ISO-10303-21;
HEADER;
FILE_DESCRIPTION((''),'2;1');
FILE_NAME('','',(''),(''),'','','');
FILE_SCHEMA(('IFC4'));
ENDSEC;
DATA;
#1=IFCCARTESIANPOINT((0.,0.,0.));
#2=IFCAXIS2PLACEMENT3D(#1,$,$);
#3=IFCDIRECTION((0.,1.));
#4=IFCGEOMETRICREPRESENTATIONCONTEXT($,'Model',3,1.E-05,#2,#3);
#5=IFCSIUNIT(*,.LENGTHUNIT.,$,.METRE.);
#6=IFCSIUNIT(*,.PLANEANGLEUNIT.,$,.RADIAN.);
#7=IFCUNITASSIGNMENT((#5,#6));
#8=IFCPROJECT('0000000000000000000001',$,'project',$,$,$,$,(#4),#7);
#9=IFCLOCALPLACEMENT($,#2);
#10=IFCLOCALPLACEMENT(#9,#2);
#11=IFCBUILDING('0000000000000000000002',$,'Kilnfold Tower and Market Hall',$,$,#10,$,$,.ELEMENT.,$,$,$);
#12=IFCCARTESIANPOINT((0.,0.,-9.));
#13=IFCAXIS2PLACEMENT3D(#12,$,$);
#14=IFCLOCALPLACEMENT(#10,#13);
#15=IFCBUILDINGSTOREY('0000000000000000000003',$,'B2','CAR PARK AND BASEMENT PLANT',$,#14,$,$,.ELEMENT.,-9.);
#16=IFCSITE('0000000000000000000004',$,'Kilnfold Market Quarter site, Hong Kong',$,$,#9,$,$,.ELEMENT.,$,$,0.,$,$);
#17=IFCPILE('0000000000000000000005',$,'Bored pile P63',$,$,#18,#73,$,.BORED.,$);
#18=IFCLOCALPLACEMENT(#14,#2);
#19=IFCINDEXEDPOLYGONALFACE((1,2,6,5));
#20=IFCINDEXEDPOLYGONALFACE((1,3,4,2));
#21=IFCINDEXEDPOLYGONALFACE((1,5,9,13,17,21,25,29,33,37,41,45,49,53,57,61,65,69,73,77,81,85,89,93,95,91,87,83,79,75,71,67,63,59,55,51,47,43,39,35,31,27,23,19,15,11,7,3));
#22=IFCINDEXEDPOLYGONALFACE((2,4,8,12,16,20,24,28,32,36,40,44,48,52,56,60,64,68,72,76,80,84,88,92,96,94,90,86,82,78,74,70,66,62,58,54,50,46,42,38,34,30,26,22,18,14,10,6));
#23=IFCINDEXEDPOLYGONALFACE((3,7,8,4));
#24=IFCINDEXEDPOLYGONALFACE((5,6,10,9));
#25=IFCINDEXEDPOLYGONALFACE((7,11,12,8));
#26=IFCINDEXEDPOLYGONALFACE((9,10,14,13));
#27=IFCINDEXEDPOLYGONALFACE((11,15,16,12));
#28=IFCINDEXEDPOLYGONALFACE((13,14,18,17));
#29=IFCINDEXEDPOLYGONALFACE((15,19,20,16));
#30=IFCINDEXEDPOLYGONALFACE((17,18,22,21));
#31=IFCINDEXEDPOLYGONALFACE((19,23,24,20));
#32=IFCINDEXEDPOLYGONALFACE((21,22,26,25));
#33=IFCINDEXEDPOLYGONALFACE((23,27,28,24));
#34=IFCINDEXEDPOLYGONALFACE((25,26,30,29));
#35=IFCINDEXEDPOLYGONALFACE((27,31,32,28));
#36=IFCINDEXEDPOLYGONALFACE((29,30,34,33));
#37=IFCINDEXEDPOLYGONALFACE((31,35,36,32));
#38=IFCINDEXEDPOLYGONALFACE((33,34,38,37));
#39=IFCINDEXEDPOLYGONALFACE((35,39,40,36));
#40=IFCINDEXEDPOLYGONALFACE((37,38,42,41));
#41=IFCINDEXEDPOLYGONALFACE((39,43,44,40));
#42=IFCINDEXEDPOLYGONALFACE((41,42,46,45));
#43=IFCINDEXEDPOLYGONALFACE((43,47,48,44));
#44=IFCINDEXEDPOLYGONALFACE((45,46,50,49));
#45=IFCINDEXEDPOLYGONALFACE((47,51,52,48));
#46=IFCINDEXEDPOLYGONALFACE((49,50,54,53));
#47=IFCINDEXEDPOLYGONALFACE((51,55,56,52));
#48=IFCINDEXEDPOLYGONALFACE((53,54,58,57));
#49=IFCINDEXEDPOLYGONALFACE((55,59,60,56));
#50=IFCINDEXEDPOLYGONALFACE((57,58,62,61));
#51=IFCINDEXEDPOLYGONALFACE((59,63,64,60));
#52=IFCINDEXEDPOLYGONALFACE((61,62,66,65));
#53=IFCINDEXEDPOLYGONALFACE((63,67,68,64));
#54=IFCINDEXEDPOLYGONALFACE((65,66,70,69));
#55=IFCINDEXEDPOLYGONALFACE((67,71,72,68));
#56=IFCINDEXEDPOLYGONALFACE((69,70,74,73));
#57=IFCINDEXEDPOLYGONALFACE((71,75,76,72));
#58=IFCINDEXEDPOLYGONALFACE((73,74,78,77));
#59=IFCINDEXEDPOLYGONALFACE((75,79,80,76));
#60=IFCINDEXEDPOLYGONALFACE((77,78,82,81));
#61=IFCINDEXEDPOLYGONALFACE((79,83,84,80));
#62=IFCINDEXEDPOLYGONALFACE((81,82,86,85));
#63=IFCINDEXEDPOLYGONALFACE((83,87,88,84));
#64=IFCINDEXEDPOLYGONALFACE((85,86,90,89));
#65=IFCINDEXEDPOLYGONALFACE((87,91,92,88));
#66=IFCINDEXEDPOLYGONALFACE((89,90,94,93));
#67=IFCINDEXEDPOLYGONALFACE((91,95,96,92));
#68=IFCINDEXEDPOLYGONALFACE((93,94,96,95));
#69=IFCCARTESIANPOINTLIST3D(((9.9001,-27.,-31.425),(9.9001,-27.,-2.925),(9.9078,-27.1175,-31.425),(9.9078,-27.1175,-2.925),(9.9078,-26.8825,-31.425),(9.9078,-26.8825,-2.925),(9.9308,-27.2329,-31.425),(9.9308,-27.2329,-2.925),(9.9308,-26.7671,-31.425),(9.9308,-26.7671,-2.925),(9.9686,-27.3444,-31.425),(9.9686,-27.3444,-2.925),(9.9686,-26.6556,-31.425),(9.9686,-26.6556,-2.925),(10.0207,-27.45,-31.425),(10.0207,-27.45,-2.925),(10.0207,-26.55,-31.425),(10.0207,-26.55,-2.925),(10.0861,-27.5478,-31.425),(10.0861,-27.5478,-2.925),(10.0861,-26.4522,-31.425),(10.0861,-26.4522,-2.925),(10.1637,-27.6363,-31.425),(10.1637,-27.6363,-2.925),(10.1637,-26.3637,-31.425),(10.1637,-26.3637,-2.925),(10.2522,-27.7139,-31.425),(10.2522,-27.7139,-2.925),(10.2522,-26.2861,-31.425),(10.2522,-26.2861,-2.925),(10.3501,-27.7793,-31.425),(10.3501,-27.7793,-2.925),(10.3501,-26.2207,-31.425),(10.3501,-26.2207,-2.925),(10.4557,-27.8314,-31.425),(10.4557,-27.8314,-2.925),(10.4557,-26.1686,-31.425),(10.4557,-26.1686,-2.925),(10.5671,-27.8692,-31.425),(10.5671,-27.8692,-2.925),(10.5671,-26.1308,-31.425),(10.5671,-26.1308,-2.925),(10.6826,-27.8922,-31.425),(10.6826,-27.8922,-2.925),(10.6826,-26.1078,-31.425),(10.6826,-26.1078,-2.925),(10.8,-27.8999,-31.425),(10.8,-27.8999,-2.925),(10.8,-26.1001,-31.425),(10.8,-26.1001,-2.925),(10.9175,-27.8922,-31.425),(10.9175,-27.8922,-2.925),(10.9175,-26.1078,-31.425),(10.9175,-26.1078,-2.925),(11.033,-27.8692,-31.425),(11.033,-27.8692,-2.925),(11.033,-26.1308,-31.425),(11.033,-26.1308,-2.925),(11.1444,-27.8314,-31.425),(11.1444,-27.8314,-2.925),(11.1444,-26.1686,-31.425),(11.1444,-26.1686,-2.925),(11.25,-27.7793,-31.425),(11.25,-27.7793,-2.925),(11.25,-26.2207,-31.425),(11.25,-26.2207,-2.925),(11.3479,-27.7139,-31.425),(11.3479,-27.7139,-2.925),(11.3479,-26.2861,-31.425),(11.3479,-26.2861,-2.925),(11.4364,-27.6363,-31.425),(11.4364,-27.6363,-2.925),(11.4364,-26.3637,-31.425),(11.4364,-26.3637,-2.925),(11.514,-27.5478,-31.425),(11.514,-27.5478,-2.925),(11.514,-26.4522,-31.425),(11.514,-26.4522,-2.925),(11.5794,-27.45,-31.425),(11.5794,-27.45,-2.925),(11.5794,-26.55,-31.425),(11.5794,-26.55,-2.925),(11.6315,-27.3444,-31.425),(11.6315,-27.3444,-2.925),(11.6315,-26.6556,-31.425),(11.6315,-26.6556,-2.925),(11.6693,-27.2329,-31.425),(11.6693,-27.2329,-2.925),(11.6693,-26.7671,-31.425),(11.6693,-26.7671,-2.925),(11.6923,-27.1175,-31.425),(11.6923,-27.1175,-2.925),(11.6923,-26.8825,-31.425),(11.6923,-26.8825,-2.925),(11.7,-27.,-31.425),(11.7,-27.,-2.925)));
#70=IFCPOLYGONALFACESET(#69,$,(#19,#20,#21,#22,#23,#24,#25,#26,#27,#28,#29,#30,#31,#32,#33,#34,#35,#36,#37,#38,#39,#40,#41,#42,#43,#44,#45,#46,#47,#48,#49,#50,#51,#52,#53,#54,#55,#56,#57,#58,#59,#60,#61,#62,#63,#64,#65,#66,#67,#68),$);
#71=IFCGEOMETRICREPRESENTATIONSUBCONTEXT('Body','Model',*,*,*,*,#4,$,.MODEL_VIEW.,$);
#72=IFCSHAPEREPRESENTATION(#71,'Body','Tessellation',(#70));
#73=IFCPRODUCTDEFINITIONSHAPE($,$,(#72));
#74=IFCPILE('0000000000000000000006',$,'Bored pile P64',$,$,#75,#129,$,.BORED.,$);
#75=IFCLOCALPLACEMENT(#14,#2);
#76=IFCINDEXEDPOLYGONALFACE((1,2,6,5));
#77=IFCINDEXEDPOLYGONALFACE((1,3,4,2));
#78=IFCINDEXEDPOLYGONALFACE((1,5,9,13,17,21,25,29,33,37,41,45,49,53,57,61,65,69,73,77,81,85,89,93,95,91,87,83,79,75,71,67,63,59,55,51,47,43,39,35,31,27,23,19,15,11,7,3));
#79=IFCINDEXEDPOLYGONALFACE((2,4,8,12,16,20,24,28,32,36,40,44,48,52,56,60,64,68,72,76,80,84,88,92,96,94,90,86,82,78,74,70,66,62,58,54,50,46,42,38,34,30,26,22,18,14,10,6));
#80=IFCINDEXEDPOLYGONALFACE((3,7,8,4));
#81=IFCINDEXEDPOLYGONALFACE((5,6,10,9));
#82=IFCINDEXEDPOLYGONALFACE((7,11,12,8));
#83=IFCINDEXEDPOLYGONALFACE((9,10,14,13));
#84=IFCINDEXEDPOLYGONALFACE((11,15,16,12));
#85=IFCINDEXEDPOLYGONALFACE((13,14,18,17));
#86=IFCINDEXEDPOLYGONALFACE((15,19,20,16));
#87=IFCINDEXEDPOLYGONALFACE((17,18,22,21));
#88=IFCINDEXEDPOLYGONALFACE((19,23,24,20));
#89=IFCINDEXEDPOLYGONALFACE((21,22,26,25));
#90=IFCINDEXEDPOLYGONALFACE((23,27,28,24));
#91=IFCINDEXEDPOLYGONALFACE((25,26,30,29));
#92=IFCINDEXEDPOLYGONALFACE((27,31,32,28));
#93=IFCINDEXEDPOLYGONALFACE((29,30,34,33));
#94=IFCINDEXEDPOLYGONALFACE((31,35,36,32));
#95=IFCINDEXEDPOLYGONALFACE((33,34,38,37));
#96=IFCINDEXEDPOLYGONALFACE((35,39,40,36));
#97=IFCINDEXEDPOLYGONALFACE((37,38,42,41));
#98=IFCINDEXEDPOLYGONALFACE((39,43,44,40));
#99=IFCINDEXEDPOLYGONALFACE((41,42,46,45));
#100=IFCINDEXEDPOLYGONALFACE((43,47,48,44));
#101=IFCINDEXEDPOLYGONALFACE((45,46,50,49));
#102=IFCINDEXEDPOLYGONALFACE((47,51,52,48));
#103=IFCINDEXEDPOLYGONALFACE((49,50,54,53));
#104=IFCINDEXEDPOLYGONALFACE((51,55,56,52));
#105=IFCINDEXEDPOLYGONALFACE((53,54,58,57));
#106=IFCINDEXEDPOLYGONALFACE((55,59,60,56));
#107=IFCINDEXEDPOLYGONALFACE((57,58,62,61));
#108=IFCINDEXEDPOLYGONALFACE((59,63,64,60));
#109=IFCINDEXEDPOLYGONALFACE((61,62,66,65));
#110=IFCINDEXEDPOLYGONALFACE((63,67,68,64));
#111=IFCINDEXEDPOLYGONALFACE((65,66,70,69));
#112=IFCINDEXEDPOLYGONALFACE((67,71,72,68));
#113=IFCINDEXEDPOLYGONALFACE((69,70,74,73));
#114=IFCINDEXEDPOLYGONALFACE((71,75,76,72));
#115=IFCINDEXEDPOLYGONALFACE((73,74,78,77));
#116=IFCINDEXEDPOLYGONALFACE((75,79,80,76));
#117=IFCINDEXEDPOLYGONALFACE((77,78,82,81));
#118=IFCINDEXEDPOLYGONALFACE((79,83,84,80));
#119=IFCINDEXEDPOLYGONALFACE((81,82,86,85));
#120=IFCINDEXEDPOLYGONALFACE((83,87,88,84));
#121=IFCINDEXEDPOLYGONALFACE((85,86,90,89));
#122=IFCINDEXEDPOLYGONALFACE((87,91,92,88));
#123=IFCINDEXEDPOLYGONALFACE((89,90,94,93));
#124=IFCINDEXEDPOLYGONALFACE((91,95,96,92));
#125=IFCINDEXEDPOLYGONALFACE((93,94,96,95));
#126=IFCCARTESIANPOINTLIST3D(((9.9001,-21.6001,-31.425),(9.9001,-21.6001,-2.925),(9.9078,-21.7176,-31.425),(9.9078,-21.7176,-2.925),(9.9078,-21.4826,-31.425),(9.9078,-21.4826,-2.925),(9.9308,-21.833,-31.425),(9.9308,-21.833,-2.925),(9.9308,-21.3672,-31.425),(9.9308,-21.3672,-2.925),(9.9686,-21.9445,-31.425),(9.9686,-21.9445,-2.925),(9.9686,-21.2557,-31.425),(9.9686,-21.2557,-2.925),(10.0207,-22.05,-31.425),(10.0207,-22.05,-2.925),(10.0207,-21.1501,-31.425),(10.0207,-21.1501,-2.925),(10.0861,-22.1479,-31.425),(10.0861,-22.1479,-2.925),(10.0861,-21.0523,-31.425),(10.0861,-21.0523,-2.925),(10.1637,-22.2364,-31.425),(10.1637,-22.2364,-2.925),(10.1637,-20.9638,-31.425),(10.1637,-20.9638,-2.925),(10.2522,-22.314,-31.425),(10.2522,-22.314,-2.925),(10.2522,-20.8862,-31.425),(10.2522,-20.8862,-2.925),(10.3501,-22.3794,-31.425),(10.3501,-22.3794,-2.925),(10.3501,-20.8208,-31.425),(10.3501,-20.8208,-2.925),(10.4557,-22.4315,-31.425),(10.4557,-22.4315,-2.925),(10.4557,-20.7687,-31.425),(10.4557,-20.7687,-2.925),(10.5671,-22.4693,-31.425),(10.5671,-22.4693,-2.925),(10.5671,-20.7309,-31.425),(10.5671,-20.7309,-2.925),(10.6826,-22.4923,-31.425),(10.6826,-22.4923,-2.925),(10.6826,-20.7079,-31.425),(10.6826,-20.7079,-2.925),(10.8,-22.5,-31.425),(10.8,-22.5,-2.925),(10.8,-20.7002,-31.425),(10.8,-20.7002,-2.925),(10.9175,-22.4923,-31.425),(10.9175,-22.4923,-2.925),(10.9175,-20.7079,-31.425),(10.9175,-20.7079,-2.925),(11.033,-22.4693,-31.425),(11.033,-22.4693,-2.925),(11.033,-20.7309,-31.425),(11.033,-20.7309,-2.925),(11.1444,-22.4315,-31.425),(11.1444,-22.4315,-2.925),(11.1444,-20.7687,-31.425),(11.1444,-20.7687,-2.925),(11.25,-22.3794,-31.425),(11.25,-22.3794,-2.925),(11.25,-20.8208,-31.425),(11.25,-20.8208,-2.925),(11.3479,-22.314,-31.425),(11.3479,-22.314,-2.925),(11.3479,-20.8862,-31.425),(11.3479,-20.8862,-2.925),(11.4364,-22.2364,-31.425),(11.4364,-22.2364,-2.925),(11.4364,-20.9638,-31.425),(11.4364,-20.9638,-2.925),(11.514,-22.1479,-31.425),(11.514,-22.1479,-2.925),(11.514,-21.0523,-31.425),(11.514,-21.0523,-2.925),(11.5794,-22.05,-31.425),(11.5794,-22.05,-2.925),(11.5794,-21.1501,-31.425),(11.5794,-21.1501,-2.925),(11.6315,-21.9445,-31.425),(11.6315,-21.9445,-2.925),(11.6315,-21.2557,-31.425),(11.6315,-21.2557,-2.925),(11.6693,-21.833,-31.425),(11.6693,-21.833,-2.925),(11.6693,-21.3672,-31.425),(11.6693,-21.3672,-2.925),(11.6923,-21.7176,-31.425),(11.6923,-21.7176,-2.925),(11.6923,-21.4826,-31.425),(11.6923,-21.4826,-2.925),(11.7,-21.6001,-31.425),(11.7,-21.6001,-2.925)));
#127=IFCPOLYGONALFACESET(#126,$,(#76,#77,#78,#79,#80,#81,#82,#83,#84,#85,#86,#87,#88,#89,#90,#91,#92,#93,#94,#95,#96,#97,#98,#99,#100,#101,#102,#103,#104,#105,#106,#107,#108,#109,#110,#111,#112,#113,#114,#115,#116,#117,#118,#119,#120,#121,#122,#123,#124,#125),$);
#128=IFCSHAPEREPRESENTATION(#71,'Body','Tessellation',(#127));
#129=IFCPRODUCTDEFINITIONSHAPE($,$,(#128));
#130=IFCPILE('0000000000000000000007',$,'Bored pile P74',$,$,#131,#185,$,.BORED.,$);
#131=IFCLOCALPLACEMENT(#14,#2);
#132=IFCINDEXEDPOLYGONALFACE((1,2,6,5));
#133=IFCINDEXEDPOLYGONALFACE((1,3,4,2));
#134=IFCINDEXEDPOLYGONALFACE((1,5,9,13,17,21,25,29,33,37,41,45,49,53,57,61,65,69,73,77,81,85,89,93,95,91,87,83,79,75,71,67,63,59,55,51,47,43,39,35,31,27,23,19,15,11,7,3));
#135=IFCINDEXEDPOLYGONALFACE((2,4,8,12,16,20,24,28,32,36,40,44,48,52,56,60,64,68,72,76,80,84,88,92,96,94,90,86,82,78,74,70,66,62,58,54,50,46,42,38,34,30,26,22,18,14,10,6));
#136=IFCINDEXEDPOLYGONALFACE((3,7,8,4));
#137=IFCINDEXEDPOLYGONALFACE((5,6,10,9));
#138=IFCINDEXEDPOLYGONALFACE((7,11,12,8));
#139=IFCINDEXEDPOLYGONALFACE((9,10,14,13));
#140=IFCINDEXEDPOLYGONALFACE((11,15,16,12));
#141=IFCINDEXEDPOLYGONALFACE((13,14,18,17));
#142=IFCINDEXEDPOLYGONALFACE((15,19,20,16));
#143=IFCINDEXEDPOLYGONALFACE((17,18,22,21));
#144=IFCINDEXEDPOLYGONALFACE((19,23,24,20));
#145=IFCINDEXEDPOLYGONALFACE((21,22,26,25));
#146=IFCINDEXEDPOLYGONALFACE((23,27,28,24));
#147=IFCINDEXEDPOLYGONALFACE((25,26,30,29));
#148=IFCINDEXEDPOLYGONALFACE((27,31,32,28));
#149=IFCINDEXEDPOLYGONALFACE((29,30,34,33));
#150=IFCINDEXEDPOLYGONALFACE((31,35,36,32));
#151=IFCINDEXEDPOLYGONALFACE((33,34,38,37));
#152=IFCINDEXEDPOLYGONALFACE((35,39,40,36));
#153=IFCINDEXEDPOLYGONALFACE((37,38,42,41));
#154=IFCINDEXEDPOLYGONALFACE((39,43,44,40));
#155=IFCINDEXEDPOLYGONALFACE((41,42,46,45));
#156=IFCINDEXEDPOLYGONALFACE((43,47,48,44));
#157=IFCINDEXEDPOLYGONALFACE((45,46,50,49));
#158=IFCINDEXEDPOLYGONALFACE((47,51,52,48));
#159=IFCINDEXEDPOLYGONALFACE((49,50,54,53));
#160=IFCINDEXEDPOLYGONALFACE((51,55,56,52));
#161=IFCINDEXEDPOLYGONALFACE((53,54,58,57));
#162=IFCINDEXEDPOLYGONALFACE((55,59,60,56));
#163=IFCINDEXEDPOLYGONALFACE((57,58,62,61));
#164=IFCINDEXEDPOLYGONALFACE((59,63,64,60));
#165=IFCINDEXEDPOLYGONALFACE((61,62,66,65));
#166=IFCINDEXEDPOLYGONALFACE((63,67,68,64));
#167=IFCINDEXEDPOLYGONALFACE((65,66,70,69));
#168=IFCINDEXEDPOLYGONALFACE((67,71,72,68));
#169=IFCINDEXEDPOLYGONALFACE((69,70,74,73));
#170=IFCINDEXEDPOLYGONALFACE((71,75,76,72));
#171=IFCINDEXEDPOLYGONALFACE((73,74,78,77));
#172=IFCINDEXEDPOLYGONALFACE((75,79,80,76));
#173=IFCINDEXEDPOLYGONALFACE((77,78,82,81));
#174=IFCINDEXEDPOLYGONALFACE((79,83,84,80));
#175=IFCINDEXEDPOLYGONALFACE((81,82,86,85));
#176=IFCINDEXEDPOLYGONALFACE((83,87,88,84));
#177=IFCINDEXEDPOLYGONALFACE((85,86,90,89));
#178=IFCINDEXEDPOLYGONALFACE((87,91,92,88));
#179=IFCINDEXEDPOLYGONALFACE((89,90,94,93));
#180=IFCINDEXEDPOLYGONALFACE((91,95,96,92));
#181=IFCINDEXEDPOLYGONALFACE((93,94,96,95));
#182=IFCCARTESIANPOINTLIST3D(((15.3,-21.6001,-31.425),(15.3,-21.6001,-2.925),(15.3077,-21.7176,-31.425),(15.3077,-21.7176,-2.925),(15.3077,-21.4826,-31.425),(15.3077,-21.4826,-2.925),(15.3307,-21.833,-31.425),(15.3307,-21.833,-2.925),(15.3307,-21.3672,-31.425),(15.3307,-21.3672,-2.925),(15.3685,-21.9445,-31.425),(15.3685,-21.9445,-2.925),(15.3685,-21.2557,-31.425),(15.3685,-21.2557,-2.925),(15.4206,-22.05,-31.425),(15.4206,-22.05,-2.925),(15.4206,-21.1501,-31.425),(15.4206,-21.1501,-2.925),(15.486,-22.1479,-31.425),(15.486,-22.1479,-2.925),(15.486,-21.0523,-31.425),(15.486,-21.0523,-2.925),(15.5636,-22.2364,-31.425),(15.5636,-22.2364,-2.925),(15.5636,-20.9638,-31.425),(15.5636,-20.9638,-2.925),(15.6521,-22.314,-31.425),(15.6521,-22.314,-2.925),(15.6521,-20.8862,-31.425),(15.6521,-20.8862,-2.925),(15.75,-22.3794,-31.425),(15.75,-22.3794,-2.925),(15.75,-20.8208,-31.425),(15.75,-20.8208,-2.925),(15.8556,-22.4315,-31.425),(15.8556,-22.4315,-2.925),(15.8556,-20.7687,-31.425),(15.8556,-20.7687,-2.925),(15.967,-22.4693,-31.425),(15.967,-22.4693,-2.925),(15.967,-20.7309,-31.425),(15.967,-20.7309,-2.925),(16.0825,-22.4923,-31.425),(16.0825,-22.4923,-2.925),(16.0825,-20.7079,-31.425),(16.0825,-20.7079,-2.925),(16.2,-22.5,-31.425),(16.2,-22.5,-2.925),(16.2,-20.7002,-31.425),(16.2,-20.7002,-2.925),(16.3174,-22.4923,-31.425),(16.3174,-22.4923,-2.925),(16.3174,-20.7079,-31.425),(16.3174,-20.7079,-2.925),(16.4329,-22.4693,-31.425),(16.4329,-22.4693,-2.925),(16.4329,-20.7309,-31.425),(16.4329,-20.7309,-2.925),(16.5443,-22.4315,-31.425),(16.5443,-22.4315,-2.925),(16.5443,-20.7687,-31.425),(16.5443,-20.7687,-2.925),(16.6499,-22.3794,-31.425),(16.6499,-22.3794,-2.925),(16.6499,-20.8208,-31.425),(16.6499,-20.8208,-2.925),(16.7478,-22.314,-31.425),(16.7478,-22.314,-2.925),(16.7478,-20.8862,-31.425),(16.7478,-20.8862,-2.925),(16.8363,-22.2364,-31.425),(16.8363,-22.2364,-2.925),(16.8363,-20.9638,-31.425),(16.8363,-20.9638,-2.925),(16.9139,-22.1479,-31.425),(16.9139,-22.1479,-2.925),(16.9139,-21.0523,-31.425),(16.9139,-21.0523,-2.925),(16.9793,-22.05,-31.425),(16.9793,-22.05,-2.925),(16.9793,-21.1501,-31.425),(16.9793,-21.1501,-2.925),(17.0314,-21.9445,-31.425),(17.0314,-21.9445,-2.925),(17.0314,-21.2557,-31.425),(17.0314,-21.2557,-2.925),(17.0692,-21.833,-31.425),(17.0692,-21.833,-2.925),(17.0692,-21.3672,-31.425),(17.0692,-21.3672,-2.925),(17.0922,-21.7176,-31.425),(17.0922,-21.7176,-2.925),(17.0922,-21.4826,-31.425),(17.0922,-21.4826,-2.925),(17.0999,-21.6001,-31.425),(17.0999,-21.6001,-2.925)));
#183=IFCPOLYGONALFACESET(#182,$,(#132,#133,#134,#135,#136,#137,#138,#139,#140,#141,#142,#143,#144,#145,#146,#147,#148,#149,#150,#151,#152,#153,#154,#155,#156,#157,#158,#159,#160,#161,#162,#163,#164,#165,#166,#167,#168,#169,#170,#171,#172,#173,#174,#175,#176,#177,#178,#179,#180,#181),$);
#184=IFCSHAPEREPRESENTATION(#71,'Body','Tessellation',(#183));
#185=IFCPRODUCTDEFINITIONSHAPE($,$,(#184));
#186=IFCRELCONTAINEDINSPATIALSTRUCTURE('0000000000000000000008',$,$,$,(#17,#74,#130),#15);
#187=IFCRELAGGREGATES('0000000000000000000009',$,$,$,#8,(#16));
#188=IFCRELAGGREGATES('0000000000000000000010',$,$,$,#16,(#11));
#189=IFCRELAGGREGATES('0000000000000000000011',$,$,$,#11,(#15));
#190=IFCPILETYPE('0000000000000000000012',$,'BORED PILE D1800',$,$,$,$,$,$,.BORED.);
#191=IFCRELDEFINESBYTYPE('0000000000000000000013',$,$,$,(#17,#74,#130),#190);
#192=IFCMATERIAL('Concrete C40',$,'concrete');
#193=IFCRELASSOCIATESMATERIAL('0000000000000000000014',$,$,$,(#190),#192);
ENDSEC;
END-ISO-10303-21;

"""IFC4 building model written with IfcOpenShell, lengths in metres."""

from ifc_helpers import new_model, si_unit, direction, frame, origin, origin_2d, place, context, subcontext, project, spatial, circle, extrude, source, transform, mapped, material, material_profile, profile_set, type_object, element, save


model = new_model("IFC4")

# Units and contexts
model_context = context("Model", 3, precision=1e-05, world=origin(), true_north=direction((0.0, 1.0)))
body_context = subcontext(model_context, "Body", "Model", "MODEL_VIEW")
ifc_project = project(units=[si_unit("LENGTHUNIT", "METRE"), si_unit("PLANEANGLEUNIT", "RADIAN")], contexts=[model_context])

# Site, building, storey
site_placement = place(None, origin())
site = spatial("IfcSite", under=ifc_project, at=site_placement, Name="Kilnfold Market Quarter site, Hong Kong", CompositionType="ELEMENT", RefElevation=0.0)
building_placement = place(site_placement, origin())
building = spatial("IfcBuilding", under=site, at=building_placement, Name="Kilnfold Tower and Market Hall", CompositionType="ELEMENT")
storey_placement = place(building_placement, frame((0.0, 0.0, -9.0)))
storey = spatial("IfcBuildingStorey", under=building, at=storey_placement, Name="B2", Description="CAR PARK AND BASEMENT PLANT", CompositionType="ELEMENT", Elevation=-9.0)

# Piles
ifc_material_1 = material(Name="Concrete C40", Category="concrete")
ifc_material_profile_1 = material_profile(ifc_material_1, circle(Radius=0.8999, at=origin_2d()), Name="RC D1800")
ifc_profile_set_1 = profile_set([ifc_material_profile_1], Name="Concrete C40")
pile_type_1 = type_object("IfcPileType", Name="BORED PILE D1800", PredefinedType="BORED", material=ifc_profile_set_1)
shared_shape_1 = source(origin(), body_context, "Body", "SweptSolid", [
    extrude(circle(Radius=0.8999, at=origin_2d()), origin(), (0.0, 0.0, 1.0), 28.5),
])
for number, where, z_axis, x_axis, name in (
    (1, (10.8, -27.0, -2.925), (0.0, 0.0, -1.0), (1.0, 0.0, 0.0), "Bored pile P63"),
    (2, (10.8, -21.6001, -2.925), (0.0, 0.0, -1.0), (1.0, 0.0, 0.0), "Bored pile P64"),
    (3, (16.2, -21.6001, -2.925), (0.0, 0.0, -1.0), (1.0, 0.0, 0.0), "Bored pile P74"),
):
    element("IfcPile", number, at=place(storey_placement, frame(where, z_axis=z_axis, x_axis=x_axis)), inside=storey, type_object=pile_type_1, Name=name, PredefinedType="BORED", context=body_context, shape_type="MappedRepresentation", body=[
        mapped(shared_shape_1, transform((0.0, 0.0, 0.0))),
    ])

save(model, "model.ifc")
